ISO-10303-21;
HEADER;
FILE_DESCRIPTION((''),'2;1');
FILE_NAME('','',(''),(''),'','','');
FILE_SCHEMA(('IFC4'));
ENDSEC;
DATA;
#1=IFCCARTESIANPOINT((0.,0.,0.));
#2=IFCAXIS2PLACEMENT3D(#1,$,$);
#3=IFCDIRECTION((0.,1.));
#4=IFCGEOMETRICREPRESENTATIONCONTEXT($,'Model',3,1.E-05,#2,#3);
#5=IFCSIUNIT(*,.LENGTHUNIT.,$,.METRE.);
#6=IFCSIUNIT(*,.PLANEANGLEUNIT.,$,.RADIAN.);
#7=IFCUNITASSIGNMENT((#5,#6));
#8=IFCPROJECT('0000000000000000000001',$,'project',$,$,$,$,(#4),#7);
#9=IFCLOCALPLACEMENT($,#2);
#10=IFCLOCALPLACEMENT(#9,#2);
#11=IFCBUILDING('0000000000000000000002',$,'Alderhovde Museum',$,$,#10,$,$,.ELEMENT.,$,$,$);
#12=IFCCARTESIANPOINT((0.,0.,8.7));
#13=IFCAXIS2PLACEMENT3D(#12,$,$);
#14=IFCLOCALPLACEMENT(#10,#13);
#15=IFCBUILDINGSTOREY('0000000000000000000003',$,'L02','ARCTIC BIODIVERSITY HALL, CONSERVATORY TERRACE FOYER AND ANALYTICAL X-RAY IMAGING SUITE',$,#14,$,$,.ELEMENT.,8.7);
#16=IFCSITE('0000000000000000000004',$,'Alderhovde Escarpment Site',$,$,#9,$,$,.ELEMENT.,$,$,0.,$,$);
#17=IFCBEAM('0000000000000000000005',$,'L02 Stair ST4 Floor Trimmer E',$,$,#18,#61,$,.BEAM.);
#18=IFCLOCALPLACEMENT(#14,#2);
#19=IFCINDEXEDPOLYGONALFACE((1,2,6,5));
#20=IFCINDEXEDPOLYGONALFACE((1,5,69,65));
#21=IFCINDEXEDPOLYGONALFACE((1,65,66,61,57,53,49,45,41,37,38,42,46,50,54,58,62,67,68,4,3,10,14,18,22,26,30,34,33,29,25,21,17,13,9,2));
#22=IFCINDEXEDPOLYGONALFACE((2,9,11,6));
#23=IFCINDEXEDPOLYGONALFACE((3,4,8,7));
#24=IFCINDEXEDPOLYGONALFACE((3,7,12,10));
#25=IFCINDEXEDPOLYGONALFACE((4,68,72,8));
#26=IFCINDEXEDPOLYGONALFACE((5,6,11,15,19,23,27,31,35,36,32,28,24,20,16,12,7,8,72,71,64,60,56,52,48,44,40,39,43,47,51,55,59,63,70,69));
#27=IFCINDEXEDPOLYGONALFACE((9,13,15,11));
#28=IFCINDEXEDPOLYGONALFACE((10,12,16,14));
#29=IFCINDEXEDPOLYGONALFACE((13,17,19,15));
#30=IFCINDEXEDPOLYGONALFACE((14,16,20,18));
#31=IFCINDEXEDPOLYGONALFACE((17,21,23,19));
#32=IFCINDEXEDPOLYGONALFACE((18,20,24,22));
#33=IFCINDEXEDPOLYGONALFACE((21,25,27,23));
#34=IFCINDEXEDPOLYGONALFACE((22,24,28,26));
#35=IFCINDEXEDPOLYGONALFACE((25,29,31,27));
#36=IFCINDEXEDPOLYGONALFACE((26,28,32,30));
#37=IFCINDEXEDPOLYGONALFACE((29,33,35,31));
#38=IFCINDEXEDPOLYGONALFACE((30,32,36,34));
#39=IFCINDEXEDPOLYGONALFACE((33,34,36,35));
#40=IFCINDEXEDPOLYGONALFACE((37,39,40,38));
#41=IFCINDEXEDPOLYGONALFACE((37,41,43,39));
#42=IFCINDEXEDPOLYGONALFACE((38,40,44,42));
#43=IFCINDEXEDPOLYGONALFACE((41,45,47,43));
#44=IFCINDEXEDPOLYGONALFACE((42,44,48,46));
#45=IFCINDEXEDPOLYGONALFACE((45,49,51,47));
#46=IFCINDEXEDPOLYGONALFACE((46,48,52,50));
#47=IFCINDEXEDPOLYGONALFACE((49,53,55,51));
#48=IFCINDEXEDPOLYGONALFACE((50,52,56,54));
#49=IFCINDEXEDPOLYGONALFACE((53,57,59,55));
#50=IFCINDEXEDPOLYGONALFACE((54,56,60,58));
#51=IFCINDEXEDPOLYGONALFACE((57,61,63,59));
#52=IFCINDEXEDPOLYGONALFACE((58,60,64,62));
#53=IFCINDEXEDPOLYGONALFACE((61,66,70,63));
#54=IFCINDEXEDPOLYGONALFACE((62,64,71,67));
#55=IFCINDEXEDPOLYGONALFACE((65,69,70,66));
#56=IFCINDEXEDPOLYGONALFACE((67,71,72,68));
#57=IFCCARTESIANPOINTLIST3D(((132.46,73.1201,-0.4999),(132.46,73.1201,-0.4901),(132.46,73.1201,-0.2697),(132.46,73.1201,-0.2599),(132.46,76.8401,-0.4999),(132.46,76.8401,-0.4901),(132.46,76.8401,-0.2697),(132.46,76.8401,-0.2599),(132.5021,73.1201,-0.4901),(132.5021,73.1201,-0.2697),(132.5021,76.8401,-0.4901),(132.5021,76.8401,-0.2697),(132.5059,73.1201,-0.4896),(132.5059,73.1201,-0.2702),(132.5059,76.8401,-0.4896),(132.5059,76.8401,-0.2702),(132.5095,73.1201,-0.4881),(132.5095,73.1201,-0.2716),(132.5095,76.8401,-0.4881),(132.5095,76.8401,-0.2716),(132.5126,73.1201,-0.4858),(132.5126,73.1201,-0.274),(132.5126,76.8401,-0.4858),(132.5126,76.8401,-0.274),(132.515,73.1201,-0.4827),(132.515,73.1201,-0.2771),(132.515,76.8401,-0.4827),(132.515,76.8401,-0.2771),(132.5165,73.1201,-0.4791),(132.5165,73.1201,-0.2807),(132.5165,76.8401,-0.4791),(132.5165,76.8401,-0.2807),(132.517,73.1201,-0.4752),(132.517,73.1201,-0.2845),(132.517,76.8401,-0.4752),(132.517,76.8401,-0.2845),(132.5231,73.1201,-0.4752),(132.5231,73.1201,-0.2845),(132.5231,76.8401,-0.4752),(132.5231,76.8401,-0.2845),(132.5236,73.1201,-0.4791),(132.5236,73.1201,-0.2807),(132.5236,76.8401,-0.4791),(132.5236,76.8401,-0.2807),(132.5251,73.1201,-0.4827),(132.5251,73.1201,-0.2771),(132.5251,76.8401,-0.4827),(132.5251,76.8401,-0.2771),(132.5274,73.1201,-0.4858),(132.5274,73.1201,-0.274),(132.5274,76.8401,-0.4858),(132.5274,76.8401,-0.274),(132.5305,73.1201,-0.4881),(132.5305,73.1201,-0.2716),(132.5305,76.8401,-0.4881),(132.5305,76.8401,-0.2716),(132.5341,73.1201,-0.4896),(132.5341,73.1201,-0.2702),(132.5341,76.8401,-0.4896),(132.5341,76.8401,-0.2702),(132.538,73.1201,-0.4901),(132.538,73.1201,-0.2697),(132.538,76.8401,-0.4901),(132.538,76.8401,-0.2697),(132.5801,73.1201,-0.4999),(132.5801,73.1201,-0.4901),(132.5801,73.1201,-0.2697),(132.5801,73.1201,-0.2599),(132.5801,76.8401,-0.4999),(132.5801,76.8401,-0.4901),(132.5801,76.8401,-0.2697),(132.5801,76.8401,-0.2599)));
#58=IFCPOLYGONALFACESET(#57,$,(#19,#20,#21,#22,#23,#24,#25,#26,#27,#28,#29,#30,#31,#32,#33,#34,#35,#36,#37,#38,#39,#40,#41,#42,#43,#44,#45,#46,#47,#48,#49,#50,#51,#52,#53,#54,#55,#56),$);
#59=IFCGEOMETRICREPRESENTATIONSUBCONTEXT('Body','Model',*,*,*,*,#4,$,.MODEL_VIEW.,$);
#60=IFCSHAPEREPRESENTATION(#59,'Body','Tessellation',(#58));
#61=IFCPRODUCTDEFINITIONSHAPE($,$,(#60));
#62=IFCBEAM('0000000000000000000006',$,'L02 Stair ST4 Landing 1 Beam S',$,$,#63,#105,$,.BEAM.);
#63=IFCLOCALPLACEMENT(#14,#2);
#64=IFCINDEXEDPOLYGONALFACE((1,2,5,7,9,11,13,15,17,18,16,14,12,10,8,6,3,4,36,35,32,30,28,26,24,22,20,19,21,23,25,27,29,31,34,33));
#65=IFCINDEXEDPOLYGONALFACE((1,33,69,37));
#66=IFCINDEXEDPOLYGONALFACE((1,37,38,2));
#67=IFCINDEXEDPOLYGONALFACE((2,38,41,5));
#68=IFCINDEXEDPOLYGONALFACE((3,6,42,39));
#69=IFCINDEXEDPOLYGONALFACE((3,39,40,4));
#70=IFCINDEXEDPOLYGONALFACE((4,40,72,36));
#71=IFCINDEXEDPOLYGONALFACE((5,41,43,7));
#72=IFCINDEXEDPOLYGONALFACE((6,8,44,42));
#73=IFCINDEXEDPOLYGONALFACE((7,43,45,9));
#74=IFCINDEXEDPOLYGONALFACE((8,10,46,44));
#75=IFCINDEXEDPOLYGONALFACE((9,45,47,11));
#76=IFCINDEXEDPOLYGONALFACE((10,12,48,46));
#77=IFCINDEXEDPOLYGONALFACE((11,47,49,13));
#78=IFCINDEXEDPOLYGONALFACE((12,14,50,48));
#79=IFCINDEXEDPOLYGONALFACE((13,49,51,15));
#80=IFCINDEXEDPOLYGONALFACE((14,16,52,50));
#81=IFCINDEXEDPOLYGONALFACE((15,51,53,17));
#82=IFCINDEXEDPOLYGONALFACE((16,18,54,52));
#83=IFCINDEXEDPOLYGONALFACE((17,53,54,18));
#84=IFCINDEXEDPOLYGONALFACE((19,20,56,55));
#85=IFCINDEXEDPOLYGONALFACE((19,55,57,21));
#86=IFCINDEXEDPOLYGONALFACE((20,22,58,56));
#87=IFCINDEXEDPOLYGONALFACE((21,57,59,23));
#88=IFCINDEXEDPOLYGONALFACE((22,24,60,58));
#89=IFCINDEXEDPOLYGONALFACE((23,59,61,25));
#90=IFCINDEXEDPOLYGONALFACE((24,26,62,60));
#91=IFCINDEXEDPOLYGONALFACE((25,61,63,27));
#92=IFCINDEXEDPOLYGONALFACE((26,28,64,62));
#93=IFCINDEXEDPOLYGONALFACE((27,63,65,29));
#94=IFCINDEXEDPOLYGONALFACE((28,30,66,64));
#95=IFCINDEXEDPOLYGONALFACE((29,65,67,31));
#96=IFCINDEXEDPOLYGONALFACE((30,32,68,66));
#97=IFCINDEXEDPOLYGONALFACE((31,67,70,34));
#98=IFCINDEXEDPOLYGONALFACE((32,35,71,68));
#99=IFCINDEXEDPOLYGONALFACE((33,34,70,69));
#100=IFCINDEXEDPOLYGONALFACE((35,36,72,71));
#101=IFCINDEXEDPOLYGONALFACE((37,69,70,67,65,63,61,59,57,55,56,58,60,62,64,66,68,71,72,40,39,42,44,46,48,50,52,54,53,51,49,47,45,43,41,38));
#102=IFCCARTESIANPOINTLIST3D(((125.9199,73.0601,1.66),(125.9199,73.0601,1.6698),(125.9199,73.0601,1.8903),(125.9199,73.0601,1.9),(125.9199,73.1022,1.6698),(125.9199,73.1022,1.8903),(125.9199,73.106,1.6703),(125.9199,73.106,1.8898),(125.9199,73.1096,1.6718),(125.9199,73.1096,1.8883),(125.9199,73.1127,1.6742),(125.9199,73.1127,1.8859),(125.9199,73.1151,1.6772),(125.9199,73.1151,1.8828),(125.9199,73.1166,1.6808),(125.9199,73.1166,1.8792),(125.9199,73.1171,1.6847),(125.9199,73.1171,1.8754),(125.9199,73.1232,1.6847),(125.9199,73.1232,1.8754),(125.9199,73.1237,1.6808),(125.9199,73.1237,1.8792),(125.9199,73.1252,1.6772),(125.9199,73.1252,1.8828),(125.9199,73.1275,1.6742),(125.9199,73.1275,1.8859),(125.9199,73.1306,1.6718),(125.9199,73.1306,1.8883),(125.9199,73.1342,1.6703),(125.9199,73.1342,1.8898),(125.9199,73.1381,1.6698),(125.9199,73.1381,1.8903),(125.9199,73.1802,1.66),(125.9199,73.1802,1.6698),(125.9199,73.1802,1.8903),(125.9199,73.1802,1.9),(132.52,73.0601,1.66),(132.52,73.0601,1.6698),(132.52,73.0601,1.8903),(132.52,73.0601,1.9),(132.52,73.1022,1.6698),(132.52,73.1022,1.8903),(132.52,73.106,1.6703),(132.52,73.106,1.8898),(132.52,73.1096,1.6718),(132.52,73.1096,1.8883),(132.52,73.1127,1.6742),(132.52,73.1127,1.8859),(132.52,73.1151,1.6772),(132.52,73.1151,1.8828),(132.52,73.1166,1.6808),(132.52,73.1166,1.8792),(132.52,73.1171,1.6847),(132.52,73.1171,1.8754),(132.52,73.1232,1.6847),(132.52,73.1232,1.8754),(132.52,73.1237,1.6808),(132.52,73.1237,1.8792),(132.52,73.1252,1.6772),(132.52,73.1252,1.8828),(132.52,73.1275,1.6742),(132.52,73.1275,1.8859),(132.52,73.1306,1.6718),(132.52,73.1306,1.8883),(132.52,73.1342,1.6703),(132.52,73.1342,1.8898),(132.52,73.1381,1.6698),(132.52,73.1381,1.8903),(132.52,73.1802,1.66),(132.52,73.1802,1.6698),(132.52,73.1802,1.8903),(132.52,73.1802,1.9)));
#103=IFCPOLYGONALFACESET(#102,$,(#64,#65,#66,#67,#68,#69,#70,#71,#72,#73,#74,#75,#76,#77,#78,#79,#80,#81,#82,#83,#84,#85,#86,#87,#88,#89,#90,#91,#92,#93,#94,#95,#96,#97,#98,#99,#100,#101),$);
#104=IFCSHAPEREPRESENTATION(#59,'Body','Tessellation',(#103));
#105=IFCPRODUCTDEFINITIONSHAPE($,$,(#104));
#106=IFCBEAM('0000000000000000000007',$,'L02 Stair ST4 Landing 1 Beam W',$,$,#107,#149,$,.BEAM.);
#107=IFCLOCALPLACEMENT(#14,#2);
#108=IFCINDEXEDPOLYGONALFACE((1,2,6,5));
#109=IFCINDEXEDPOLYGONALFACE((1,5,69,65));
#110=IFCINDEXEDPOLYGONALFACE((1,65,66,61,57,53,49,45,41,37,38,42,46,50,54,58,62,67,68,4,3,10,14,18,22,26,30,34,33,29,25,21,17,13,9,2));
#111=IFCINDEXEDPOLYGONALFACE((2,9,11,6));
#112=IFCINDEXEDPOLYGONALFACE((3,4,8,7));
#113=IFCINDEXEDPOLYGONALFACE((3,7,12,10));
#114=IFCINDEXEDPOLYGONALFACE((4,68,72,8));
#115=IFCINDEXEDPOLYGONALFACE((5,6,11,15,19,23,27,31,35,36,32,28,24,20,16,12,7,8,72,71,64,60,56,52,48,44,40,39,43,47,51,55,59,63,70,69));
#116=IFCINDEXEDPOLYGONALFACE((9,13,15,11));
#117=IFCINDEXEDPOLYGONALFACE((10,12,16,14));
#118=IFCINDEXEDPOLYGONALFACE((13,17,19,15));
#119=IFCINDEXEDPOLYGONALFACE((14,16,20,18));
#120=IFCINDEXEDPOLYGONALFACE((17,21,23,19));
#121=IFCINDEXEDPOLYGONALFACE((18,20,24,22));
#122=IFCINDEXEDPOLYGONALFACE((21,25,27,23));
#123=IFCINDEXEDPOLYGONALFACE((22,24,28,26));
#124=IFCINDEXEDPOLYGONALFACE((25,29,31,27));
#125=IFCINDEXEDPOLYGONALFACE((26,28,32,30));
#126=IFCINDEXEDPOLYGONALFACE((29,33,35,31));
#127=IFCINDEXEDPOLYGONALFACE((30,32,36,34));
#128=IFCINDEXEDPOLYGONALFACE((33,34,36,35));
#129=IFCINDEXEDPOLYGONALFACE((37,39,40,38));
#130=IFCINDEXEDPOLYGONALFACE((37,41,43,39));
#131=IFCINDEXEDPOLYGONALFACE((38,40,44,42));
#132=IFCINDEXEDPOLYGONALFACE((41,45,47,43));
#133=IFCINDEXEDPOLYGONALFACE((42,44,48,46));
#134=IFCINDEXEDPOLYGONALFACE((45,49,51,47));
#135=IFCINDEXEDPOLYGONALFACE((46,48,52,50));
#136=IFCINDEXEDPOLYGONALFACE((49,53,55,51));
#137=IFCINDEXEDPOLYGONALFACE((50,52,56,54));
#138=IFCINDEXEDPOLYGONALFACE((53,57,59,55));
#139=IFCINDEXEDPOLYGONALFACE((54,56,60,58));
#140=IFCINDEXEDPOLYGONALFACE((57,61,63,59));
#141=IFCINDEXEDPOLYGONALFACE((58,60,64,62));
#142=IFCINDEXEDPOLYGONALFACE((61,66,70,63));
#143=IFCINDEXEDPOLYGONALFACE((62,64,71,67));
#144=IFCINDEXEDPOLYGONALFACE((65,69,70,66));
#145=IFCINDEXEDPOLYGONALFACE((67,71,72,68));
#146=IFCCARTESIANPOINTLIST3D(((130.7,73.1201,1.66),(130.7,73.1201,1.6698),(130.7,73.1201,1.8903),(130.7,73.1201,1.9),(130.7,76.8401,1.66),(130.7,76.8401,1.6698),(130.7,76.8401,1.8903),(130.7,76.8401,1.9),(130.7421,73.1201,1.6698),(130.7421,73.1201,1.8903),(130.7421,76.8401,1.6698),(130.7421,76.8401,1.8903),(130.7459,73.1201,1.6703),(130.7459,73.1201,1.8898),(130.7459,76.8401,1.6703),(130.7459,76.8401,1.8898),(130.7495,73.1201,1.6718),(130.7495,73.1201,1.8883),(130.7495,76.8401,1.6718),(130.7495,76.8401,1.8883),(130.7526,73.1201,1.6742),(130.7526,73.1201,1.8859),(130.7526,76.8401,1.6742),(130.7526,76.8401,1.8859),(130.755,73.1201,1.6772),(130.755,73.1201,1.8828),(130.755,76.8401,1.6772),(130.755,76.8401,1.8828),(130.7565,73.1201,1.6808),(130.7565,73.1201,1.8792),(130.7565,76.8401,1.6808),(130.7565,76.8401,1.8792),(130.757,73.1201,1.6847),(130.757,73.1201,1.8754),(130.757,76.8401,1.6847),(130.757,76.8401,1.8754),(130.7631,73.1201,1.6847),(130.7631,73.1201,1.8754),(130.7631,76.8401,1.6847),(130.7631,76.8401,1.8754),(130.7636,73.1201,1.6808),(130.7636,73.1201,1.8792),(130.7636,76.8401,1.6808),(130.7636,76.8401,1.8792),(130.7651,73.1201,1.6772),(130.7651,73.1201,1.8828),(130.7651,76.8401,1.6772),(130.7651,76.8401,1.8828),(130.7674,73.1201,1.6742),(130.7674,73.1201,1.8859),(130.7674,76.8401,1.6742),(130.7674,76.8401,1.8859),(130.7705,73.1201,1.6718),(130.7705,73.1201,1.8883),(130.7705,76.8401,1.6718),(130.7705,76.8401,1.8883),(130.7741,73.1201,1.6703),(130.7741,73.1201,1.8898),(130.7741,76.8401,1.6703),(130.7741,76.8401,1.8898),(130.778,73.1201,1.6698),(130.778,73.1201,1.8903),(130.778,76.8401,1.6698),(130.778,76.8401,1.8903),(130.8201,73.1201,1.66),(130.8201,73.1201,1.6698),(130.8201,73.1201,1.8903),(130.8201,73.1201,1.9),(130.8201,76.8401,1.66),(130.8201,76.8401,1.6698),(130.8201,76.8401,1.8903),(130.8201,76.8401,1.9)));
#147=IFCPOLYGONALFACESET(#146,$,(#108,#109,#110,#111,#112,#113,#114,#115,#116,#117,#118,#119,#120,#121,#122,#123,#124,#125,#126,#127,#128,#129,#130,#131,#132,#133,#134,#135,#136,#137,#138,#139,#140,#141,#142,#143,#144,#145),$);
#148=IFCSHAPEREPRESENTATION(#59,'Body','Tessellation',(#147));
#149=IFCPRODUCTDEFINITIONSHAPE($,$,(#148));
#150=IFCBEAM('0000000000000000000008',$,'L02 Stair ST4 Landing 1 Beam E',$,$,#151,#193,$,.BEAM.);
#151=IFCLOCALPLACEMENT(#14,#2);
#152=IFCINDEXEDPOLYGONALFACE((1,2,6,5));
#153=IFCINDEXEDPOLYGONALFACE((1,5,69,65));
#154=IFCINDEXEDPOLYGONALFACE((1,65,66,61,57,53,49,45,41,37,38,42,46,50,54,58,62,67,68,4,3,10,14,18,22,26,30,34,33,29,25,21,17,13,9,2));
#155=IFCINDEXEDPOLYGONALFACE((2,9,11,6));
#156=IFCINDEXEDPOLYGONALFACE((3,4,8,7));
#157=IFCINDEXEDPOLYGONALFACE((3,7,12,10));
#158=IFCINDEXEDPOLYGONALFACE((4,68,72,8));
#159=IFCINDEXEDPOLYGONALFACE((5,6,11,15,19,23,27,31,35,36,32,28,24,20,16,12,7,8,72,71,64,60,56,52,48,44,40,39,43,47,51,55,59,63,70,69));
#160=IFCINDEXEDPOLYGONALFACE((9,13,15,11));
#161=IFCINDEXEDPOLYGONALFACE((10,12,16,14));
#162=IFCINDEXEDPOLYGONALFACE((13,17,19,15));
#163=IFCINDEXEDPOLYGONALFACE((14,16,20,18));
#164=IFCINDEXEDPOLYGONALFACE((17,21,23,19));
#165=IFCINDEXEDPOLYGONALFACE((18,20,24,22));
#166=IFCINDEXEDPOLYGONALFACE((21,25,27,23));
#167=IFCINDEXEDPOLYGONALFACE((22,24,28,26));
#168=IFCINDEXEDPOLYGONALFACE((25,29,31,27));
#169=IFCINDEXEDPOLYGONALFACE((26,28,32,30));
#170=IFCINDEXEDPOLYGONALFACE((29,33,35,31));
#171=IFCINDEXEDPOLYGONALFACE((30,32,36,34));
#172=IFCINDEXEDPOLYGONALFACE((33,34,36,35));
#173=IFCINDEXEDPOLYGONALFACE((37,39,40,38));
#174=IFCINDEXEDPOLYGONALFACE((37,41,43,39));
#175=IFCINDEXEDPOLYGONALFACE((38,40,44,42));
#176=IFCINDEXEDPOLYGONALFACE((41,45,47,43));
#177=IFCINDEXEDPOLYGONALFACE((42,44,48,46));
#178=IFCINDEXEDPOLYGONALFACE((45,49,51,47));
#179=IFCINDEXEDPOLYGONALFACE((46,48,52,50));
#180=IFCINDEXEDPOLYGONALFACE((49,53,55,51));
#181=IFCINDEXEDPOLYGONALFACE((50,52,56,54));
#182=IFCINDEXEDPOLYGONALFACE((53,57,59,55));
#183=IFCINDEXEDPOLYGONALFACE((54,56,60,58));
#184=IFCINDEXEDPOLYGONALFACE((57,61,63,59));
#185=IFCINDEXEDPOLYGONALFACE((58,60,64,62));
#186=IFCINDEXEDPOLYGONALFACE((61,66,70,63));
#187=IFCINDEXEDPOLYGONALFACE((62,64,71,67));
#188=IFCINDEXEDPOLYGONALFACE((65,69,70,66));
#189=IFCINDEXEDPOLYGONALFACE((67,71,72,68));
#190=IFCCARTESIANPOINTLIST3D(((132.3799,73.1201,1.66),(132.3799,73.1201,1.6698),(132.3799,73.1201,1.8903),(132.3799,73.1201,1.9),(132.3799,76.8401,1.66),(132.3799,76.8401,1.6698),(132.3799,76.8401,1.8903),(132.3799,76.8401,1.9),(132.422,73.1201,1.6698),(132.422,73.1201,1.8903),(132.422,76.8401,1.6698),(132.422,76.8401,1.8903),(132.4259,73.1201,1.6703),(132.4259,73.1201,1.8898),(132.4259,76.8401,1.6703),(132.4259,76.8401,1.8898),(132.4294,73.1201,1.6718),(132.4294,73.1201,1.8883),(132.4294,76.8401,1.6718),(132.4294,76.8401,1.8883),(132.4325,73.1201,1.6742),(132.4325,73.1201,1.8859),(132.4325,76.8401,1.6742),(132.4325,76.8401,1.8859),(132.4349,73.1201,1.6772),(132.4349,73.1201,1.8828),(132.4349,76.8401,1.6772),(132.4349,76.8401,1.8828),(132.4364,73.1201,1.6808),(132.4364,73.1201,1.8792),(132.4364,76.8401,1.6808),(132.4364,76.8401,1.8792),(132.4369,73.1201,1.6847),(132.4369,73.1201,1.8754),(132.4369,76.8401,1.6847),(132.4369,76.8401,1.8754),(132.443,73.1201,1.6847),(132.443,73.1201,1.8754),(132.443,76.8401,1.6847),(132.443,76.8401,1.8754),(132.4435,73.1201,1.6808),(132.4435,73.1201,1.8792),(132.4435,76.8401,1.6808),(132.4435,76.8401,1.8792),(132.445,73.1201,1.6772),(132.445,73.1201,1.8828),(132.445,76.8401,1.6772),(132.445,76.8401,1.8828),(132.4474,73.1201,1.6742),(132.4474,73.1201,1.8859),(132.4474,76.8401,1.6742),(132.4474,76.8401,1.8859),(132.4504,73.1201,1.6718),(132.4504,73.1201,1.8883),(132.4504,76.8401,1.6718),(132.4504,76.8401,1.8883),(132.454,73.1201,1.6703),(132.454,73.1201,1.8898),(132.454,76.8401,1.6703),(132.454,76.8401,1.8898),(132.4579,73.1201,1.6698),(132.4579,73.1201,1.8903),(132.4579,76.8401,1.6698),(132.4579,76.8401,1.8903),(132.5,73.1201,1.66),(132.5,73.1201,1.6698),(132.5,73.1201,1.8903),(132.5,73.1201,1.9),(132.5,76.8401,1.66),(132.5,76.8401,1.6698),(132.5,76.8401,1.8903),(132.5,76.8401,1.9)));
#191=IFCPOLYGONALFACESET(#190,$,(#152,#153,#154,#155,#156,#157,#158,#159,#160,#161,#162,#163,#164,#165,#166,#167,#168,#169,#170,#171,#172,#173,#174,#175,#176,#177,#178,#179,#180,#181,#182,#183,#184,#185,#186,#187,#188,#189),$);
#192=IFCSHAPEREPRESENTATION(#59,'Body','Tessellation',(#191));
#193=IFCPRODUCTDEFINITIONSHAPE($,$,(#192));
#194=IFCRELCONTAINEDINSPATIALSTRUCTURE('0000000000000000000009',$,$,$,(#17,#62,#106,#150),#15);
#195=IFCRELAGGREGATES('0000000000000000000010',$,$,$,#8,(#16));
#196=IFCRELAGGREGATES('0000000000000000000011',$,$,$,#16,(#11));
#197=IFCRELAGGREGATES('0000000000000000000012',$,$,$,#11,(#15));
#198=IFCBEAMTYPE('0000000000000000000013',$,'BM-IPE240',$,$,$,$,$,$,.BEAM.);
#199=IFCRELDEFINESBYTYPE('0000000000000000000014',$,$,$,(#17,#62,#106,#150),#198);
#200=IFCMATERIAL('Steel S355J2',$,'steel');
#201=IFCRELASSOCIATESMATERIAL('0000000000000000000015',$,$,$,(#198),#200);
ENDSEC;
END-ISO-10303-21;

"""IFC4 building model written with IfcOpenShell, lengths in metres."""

from ifc_helpers import new_model, si_unit, direction, frame, origin, origin_2d, place, context, subcontext, project, spatial, i_section, extrude, material, material_profile, profile_set, type_object, element, save


model = new_model("IFC4")

# Units and contexts
model_context = context("Model", 3, precision=1e-05, world=origin(), true_north=direction((0.0, 1.0)))
body_context = subcontext(model_context, "Body", "Model", "MODEL_VIEW")
ifc_project = project(units=[si_unit("LENGTHUNIT", "METRE"), si_unit("PLANEANGLEUNIT", "RADIAN")], contexts=[model_context])

# Site, building, storey
site_placement = place(None, origin())
site = spatial("IfcSite", under=ifc_project, at=site_placement, Name="Alderhovde Escarpment Site", CompositionType="ELEMENT", RefElevation=0.0)
building_placement = place(site_placement, origin())
building = spatial("IfcBuilding", under=site, at=building_placement, Name="Alderhovde Museum", CompositionType="ELEMENT")
storey_placement = place(building_placement, frame((0.0, 0.0, 8.7)))
storey = spatial("IfcBuildingStorey", under=building, at=storey_placement, Name="L02", Description="ARCTIC BIODIVERSITY HALL, CONSERVATORY TERRACE FOYER AND ANALYTICAL X-RAY IMAGING SUITE", CompositionType="ELEMENT", Elevation=8.7)

# Beams
ifc_material_1 = material(Name="Steel S355J2", Category="steel")
ifc_material_profile_1 = material_profile(ifc_material_1, i_section(OverallWidth=0.1201, OverallDepth=0.24, WebThickness=0.0061, FlangeThickness=0.0098, FilletRadius=0.0149, at=origin_2d()), Name="IPE 240")
ifc_profile_set_1 = profile_set([ifc_material_profile_1], Name="Steel S355J2")
beam_type_1 = type_object("IfcBeamType", Name="BM-IPE240", PredefinedType="BEAM", material=ifc_profile_set_1)
beam_1_placement = place(storey_placement, frame((132.52, 73.1201, -0.3799), z_axis=(0.0, 1.0, 0.0), x_axis=(-1.0, 0.0, 0.0)))
element("IfcBeam", 1, at=beam_1_placement, inside=storey, type_object=beam_type_1, Name="L02 Stair ST4 Floor Trimmer E", PredefinedType="BEAM", context=body_context, shape_type="SweptSolid", body=[
    extrude(i_section(OverallWidth=0.1201, OverallDepth=0.24, WebThickness=0.0061, FlangeThickness=0.0098, FilletRadius=0.0149, at=origin_2d()), origin(), (0.0, 0.0, 1.0), 3.72),
])
beam_2_placement = place(storey_placement, frame((125.9199, 73.1201, 1.78), z_axis=(1.0, 0.0, 0.0), x_axis=(0.0, 1.0, 0.0)))
element("IfcBeam", 2, at=beam_2_placement, inside=storey, type_object=beam_type_1, Name="L02 Stair ST4 Landing 1 Beam S", PredefinedType="BEAM", context=body_context, shape_type="SweptSolid", body=[
    extrude(i_section(OverallWidth=0.1201, OverallDepth=0.24, WebThickness=0.0061, FlangeThickness=0.0098, FilletRadius=0.0149, at=origin_2d()), origin(), (0.0, 0.0, 1.0), 6.6001),
])
for number, where, z_axis, x_axis, name in (
    (3, (130.76, 73.1201, 1.78), (0.0, 1.0, 0.0), (-1.0, 0.0, 0.0), "L02 Stair ST4 Landing 1 Beam W"),
    (4, (132.4399, 73.1201, 1.78), (0.0, 1.0, 0.0), (-1.0, 0.0, 0.0), "L02 Stair ST4 Landing 1 Beam E"),
):
    element("IfcBeam", number, at=place(storey_placement, frame(where, z_axis=z_axis, x_axis=x_axis)), inside=storey, type_object=beam_type_1, Name=name, PredefinedType="BEAM", context=body_context, shape_type="SweptSolid", body=[
        extrude(i_section(OverallWidth=0.1201, OverallDepth=0.24, WebThickness=0.0061, FlangeThickness=0.0098, FilletRadius=0.0149, at=origin_2d()), origin(), (0.0, 0.0, 1.0), 3.72),
    ])

save(model, "model.ifc")
